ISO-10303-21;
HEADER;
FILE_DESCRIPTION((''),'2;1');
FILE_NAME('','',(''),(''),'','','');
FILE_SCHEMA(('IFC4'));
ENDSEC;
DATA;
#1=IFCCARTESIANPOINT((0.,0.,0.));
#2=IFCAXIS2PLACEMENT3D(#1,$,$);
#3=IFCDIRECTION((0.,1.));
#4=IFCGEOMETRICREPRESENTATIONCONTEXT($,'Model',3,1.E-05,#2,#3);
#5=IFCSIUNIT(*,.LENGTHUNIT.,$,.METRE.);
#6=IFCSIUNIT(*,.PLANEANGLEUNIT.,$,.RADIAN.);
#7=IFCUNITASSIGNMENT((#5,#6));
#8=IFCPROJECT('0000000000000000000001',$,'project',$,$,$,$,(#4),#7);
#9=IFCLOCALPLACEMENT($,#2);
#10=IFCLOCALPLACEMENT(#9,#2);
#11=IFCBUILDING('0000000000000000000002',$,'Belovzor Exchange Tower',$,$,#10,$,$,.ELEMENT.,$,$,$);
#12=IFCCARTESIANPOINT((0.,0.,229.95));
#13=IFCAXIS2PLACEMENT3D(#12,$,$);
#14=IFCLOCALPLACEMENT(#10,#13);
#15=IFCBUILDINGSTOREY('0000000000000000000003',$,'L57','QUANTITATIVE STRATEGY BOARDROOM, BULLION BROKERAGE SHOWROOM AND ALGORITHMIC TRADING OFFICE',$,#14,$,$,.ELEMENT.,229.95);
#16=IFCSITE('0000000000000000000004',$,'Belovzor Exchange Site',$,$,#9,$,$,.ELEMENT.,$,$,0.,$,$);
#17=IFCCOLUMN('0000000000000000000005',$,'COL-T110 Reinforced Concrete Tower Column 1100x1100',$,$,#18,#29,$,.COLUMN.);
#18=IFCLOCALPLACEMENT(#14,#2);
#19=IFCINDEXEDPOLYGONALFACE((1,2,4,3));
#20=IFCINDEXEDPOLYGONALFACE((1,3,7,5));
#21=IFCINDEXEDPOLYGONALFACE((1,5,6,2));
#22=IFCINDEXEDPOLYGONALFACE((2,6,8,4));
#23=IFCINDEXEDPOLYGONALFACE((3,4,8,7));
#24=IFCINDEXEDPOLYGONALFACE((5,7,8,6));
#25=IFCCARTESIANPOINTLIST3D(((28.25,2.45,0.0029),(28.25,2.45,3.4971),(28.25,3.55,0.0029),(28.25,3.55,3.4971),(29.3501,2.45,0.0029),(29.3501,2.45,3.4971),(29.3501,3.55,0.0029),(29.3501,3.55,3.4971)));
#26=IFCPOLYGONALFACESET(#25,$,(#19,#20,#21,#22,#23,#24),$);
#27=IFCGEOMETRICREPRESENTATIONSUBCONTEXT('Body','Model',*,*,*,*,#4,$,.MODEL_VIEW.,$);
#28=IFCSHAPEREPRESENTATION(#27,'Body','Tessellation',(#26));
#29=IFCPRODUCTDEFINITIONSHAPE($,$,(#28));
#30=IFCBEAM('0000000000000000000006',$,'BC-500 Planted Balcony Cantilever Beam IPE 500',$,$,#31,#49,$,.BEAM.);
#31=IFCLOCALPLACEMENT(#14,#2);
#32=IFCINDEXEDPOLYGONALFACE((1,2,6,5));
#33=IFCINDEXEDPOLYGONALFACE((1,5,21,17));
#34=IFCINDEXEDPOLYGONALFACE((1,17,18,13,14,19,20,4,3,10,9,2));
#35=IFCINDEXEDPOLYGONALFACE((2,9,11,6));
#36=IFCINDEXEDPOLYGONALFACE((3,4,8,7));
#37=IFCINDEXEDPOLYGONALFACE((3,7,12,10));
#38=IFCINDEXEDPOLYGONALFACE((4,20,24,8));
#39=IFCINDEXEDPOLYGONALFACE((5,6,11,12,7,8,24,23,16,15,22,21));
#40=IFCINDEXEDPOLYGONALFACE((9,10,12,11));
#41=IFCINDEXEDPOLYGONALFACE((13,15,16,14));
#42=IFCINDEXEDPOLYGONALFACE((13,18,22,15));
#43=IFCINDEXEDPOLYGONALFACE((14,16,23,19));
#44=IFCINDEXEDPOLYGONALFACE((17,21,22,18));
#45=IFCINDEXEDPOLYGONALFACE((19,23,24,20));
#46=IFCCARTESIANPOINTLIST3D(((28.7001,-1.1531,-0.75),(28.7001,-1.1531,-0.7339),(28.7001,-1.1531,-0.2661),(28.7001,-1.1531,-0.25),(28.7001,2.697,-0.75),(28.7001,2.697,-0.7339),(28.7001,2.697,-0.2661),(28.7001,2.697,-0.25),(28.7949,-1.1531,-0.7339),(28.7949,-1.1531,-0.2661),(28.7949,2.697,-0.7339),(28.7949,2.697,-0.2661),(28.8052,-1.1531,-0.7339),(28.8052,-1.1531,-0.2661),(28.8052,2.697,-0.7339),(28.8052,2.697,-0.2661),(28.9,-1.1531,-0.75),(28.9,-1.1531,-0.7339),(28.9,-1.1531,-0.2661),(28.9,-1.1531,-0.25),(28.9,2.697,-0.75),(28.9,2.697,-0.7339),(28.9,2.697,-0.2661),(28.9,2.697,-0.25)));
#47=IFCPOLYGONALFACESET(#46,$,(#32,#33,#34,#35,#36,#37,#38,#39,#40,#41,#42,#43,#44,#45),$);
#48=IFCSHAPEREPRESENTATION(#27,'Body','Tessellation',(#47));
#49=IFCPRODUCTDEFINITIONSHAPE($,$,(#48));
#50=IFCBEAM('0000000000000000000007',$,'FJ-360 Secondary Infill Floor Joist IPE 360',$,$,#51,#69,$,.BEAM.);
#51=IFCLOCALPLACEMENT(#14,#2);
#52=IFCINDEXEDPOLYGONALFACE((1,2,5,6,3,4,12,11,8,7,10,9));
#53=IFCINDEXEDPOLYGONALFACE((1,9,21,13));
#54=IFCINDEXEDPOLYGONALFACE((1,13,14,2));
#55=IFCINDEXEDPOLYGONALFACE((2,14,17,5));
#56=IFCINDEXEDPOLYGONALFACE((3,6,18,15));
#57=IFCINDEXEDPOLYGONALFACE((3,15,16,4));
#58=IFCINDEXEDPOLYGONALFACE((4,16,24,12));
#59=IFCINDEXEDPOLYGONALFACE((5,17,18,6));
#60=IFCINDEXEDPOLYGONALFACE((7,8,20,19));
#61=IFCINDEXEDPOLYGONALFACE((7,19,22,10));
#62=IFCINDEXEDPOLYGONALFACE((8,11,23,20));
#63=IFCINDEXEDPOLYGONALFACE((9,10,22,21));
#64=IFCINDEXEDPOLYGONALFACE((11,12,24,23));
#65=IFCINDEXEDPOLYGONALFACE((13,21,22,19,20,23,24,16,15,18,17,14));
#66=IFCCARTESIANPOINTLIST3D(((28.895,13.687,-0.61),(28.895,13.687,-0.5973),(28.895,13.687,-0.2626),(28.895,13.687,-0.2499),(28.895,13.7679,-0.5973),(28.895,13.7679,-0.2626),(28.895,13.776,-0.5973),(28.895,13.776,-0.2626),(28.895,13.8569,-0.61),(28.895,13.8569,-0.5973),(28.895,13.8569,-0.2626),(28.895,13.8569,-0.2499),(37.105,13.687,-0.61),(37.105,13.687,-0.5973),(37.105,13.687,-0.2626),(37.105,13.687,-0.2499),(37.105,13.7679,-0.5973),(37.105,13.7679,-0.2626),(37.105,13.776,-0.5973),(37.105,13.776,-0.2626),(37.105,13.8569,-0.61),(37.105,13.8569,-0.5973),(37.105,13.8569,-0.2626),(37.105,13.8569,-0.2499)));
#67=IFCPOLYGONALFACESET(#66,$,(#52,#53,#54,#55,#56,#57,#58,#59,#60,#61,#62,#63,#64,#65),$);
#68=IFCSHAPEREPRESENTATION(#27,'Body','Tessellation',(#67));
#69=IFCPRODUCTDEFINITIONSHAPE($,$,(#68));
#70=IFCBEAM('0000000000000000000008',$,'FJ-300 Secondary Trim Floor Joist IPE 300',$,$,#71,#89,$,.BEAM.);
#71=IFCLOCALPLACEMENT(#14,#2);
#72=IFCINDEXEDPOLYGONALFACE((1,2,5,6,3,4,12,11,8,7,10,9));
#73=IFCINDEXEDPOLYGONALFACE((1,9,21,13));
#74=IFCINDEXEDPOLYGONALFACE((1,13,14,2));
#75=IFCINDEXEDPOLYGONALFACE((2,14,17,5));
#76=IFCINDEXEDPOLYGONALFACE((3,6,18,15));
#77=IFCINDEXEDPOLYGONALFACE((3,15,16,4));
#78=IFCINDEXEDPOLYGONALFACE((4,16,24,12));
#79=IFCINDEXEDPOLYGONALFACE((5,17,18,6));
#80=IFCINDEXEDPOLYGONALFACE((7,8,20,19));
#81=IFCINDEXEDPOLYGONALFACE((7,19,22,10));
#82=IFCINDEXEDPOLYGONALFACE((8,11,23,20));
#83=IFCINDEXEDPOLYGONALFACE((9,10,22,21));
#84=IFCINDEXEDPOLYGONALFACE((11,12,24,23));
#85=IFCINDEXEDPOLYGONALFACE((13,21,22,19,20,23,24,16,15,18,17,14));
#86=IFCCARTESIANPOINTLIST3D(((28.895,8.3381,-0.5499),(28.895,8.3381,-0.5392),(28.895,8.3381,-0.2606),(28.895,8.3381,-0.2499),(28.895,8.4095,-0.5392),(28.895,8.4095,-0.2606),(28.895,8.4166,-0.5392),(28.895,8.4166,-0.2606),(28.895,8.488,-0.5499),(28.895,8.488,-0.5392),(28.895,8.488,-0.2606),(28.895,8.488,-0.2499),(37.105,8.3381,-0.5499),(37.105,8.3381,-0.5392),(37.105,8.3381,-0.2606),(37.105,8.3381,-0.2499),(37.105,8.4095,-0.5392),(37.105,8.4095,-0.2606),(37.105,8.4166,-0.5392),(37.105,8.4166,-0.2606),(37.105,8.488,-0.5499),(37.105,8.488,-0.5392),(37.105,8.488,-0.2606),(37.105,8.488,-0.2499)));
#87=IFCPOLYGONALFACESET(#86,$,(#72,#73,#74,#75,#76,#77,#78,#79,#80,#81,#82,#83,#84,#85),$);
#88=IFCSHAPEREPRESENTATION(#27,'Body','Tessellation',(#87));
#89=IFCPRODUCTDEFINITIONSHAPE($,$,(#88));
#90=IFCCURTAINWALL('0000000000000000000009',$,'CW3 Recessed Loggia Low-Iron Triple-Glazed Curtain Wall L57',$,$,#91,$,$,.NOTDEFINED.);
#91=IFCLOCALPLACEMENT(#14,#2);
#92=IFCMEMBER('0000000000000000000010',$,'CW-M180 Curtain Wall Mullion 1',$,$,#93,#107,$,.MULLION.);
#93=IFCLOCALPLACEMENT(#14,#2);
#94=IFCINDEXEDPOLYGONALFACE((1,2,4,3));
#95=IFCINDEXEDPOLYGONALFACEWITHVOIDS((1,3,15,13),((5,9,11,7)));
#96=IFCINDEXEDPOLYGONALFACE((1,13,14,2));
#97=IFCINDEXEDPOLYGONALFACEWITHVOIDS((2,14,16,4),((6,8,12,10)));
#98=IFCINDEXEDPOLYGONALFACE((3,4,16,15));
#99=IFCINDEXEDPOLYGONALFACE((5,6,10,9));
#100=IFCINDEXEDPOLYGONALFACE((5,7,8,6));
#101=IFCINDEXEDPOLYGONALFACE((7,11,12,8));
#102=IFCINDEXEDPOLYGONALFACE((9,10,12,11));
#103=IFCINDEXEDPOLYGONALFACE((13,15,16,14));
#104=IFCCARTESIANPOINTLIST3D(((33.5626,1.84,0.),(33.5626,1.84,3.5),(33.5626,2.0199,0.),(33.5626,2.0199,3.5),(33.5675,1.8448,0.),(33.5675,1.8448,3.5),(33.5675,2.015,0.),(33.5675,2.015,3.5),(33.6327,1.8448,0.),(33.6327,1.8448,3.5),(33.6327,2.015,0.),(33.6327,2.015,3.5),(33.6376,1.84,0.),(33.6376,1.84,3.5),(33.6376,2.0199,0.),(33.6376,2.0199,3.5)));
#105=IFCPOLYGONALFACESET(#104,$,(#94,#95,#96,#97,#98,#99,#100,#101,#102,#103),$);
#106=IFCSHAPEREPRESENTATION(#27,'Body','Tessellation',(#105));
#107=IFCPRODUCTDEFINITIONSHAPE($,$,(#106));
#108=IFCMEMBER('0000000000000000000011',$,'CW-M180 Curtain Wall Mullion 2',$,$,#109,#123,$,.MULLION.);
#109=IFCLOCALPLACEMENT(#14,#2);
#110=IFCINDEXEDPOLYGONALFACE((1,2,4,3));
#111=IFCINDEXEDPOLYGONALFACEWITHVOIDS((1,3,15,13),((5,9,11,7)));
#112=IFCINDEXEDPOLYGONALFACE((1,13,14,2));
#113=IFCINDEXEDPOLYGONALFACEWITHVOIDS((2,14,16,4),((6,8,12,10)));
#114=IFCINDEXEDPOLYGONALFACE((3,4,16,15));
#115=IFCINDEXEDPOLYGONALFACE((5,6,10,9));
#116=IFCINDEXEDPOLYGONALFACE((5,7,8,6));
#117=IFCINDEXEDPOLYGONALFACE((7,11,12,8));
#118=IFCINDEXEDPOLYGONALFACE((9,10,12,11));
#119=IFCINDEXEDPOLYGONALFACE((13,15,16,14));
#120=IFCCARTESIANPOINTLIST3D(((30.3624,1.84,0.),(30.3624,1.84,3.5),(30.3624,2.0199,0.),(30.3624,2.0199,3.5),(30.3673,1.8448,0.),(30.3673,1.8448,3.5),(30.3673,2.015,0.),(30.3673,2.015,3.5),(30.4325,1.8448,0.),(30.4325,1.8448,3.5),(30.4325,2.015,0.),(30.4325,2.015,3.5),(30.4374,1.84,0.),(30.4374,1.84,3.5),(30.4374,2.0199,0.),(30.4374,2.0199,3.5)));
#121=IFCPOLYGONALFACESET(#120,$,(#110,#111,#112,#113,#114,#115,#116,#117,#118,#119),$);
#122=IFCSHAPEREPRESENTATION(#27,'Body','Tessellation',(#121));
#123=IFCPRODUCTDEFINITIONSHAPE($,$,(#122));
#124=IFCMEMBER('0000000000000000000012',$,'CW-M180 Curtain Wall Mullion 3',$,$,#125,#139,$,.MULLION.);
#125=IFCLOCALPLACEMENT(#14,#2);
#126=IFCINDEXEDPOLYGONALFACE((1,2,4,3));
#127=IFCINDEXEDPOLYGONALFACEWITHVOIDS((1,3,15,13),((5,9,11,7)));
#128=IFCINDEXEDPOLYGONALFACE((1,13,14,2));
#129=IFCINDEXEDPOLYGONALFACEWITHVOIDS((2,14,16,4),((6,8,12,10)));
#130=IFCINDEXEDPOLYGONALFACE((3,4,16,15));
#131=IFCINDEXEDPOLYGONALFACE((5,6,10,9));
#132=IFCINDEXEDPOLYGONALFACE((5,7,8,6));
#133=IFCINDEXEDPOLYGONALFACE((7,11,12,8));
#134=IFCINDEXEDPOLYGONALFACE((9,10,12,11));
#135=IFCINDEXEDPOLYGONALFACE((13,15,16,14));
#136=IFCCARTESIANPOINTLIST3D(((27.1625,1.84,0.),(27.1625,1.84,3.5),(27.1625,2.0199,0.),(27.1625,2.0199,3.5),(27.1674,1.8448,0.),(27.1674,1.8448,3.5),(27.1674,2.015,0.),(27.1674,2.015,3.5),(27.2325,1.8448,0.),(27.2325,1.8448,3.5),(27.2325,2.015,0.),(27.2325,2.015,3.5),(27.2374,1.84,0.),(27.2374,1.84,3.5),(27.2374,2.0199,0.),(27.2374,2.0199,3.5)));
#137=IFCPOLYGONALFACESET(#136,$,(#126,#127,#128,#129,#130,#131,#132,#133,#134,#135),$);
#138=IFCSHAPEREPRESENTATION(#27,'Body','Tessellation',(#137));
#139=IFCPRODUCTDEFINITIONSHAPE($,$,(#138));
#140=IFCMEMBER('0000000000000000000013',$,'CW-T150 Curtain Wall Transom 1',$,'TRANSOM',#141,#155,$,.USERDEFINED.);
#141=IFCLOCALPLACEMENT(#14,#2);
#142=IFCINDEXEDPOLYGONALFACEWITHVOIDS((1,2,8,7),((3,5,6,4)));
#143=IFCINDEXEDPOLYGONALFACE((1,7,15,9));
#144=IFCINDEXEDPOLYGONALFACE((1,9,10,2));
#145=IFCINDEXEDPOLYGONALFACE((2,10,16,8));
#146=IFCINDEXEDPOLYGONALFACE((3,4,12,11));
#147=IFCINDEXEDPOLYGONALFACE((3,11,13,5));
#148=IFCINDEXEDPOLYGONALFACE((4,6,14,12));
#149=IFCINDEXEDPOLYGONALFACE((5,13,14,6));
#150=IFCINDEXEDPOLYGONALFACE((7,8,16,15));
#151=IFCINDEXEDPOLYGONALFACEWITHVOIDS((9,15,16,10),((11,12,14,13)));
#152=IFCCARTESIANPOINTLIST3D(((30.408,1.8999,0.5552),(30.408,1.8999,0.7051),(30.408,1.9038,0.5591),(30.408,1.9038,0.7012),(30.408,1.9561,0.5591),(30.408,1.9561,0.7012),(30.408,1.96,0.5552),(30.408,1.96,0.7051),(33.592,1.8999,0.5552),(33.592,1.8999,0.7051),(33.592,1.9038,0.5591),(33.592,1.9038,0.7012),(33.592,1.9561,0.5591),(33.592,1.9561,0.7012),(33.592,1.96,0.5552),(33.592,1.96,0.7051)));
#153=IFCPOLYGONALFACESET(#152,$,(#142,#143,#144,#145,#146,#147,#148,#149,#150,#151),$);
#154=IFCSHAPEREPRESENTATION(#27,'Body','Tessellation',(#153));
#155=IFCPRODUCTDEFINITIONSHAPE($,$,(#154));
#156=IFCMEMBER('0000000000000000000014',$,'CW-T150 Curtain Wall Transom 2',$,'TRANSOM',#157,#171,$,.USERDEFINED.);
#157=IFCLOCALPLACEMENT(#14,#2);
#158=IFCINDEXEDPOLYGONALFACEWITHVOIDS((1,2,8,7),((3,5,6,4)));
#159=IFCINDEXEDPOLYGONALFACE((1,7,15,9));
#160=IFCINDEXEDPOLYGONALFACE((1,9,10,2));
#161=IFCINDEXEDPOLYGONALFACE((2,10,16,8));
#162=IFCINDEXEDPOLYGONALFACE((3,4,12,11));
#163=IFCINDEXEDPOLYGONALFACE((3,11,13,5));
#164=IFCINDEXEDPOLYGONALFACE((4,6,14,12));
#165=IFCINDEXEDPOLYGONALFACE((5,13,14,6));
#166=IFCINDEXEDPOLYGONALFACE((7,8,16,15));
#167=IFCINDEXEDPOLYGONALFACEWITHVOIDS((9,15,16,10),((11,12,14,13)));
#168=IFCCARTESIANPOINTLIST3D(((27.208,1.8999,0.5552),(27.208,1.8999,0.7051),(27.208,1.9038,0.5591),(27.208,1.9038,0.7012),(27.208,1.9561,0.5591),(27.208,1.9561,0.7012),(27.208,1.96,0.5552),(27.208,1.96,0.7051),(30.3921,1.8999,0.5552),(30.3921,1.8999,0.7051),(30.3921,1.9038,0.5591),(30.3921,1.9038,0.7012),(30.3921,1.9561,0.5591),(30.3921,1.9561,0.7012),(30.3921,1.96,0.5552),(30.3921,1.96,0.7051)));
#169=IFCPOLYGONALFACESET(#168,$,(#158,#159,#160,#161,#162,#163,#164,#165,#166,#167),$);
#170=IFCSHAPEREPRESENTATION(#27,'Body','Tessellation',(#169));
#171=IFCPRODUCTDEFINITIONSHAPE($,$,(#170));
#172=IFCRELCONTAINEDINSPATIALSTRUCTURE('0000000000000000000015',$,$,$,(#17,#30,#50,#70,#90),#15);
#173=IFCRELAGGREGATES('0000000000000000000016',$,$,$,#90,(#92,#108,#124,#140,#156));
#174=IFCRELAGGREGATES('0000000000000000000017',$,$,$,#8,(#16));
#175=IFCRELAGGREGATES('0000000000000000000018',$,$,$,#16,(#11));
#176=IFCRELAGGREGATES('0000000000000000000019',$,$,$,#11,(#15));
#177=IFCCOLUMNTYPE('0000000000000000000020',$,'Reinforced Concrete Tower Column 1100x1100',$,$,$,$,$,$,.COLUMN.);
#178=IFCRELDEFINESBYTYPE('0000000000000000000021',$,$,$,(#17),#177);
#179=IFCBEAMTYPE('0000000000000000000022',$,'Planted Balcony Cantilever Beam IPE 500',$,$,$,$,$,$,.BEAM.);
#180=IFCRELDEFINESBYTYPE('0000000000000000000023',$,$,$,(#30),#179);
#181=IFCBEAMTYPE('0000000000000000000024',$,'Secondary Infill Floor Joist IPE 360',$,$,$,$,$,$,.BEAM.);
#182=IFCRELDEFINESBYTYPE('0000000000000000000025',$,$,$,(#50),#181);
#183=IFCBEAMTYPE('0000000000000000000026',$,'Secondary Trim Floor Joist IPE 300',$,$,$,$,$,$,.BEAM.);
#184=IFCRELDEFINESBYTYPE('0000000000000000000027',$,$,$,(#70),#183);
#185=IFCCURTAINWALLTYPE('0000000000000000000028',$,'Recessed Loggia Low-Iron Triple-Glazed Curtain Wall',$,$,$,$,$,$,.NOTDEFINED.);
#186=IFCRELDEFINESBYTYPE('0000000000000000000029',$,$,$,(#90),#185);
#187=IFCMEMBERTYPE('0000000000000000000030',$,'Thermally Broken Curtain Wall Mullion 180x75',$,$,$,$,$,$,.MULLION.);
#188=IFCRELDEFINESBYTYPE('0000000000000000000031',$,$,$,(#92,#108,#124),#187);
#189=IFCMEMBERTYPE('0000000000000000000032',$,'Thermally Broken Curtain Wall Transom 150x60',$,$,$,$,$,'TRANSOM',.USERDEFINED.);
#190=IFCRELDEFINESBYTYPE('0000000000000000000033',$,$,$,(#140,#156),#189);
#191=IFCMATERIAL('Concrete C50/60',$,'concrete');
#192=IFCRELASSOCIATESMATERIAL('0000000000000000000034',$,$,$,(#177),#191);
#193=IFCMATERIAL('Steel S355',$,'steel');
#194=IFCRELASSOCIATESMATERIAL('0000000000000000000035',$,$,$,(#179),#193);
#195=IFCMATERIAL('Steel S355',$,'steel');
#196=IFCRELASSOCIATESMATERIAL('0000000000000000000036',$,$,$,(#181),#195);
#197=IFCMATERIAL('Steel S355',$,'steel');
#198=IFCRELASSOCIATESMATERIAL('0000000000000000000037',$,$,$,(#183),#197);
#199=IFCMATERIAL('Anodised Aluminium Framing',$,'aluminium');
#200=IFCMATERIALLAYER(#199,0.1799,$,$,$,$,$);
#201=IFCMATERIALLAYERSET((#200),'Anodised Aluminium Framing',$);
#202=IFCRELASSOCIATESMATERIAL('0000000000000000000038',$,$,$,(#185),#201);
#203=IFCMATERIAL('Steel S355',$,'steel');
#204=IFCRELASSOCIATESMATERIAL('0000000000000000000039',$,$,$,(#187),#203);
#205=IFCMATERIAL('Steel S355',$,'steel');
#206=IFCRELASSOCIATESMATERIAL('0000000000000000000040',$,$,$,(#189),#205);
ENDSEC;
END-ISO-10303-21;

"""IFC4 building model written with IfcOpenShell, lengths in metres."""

from ifc_helpers import new_model, si_unit, direction, frame, origin, origin_2d, place, context, subcontext, project, spatial, rectangle, hollow_rectangle, i_section, extrude, material, layer, layer_set, material_profile, profile_set, type_object, element, aggregate, save


model = new_model("IFC4")

# Units and contexts
model_context = context("Model", 3, precision=1e-05, world=origin(), true_north=direction((0.0, 1.0)))
body_context = subcontext(model_context, "Body", "Model", "MODEL_VIEW")
ifc_project = project(units=[si_unit("LENGTHUNIT", "METRE"), si_unit("PLANEANGLEUNIT", "RADIAN")], contexts=[model_context])

# Site, building, storey
site_placement = place(None, origin())
site = spatial("IfcSite", under=ifc_project, at=site_placement, Name="Belovzor Exchange Site", CompositionType="ELEMENT", RefElevation=0.0)
building_placement = place(site_placement, origin())
building = spatial("IfcBuilding", under=site, at=building_placement, Name="Belovzor Exchange Tower", CompositionType="ELEMENT")
storey_placement = place(building_placement, frame((0.0, 0.0, 229.95)))
storey = spatial("IfcBuildingStorey", under=building, at=storey_placement, Name="L57", Description="QUANTITATIVE STRATEGY BOARDROOM, BULLION BROKERAGE SHOWROOM AND ALGORITHMIC TRADING OFFICE", CompositionType="ELEMENT", Elevation=229.95)

# Column
ifc_material_1 = material(Name="Concrete C50/60", Category="concrete")
ifc_material_profile_1 = material_profile(ifc_material_1, rectangle(XDim=1.1001, YDim=1.1001, at=origin_2d()))
ifc_profile_set_1 = profile_set([ifc_material_profile_1], Name="Concrete C50/60")
column_type = type_object("IfcColumnType", Name="Reinforced Concrete Tower Column 1100x1100", PredefinedType="COLUMN", material=ifc_profile_set_1)
column_placement = place(storey_placement, frame((28.8, 3.0, 0.0029), z_axis=(0.0, 0.0, 1.0), x_axis=(1.0, 0.0, 0.0)))
element("IfcColumn", 1, at=column_placement, inside=storey, type_object=column_type, Name="COL-T110 Reinforced Concrete Tower Column 1100x1100", PredefinedType="COLUMN", context=body_context, shape_type="SweptSolid", body=[
    extrude(rectangle(XDim=1.1001, YDim=1.1001, at=origin_2d()), origin(), (0.0, 0.0, 1.0), 3.4941),
])

# Beams
ifc_material_2 = material(Name="Steel S355", Category="steel")
ifc_material_profile_2 = material_profile(ifc_material_2, i_section(OverallWidth=0.2, OverallDepth=0.5, WebThickness=0.0103, FlangeThickness=0.0161, at=origin_2d()))
ifc_profile_set_2 = profile_set([ifc_material_profile_2], Name="Steel S355")
beam_type_1 = type_object("IfcBeamType", Name="Planted Balcony Cantilever Beam IPE 500", PredefinedType="BEAM", material=ifc_profile_set_2)
beam_1_placement = place(storey_placement, frame((28.8, 2.697, -0.5), z_axis=(0.0, -1.0, 0.0), x_axis=(1.0, 0.0, 0.0)))
element("IfcBeam", 2, at=beam_1_placement, inside=storey, type_object=beam_type_1, Name="BC-500 Planted Balcony Cantilever Beam IPE 500", PredefinedType="BEAM", context=body_context, shape_type="SweptSolid", body=[
    extrude(i_section(OverallWidth=0.2, OverallDepth=0.5, WebThickness=0.0103, FlangeThickness=0.0161, at=origin_2d()), origin(), (0.0, 0.0, 1.0), 3.8501),
])
ifc_material_3 = material(Name="Steel S355", Category="steel")
ifc_material_profile_3 = material_profile(ifc_material_3, i_section(OverallWidth=0.1699, OverallDepth=0.3601, WebThickness=0.0081, FlangeThickness=0.0127, at=origin_2d()))
ifc_profile_set_3 = profile_set([ifc_material_profile_3], Name="Steel S355")
beam_type_2 = type_object("IfcBeamType", Name="Secondary Infill Floor Joist IPE 360", PredefinedType="BEAM", material=ifc_profile_set_3)
beam_2_placement = place(storey_placement, frame((28.895, 13.772, -0.4299), z_axis=(1.0, 0.0, 0.0), x_axis=(0.0, 1.0, 0.0)))
element("IfcBeam", 3, at=beam_2_placement, inside=storey, type_object=beam_type_2, Name="FJ-360 Secondary Infill Floor Joist IPE 360", PredefinedType="BEAM", context=body_context, shape_type="SweptSolid", body=[
    extrude(i_section(OverallWidth=0.1699, OverallDepth=0.3601, WebThickness=0.0081, FlangeThickness=0.0127, at=origin_2d()), origin(), (0.0, 0.0, 1.0), 8.21),
])
ifc_material_4 = material(Name="Steel S355", Category="steel")
ifc_material_profile_4 = material_profile(ifc_material_4, i_section(OverallWidth=0.1499, OverallDepth=0.3, WebThickness=0.0071, FlangeThickness=0.0107, at=origin_2d()))
ifc_profile_set_4 = profile_set([ifc_material_profile_4], Name="Steel S355")
beam_type_3 = type_object("IfcBeamType", Name="Secondary Trim Floor Joist IPE 300", PredefinedType="BEAM", material=ifc_profile_set_4)
beam_3_placement = place(storey_placement, frame((28.895, 8.4131, -0.3999), z_axis=(1.0, 0.0, 0.0), x_axis=(0.0, 1.0, 0.0)))
element("IfcBeam", 4, at=beam_3_placement, inside=storey, type_object=beam_type_3, Name="FJ-300 Secondary Trim Floor Joist IPE 300", PredefinedType="BEAM", context=body_context, shape_type="SweptSolid", body=[
    extrude(i_section(OverallWidth=0.1499, OverallDepth=0.3, WebThickness=0.0071, FlangeThickness=0.0107, at=origin_2d()), origin(), (0.0, 0.0, 1.0), 8.21),
])

# Curtain wall, members
ifc_material_5 = material(Name="Anodised Aluminium Framing", Category="aluminium")
ifc_layer_1 = layer(ifc_material_5, 0.1799)
ifc_layer_set_1 = layer_set([ifc_layer_1], Name="Anodised Aluminium Framing")
curtain_wall_type = type_object("IfcCurtainWallType", Name="Recessed Loggia Low-Iron Triple-Glazed Curtain Wall", PredefinedType="NOTDEFINED", material=ifc_layer_set_1)
curtain_wall_placement = place(storey_placement, origin())
curtain_wall = element("IfcCurtainWall", 5, at=curtain_wall_placement, inside=storey, type_object=curtain_wall_type, Name="CW3 Recessed Loggia Low-Iron Triple-Glazed Curtain Wall L57", PredefinedType="NOTDEFINED")
ifc_material_6 = material(Name="Steel S355", Category="steel")
ifc_material_profile_5 = material_profile(ifc_material_6, hollow_rectangle(XDim=0.075, YDim=0.1799, WallThickness=0.0049, at=origin_2d()))
ifc_profile_set_5 = profile_set([ifc_material_profile_5], Name="Steel S355")
member_type_1 = type_object("IfcMemberType", Name="Thermally Broken Curtain Wall Mullion 180x75", PredefinedType="MULLION", material=ifc_profile_set_5)
member_1_placement = place(storey_placement, frame((33.6001, 1.9299, 0.0), z_axis=(0.0, 0.0, 1.0), x_axis=(-1.0, 0.0, 0.0)))
member_1 = element("IfcMember", 6, at=member_1_placement, type_object=member_type_1, Name="CW-M180 Curtain Wall Mullion 1", PredefinedType="MULLION", context=body_context, shape_type="SweptSolid", body=[
    extrude(hollow_rectangle(XDim=0.075, YDim=0.1799, WallThickness=0.0049, at=origin_2d()), origin(), (0.0, 0.0, 1.0), 3.5),
])
member_2_placement = place(storey_placement, frame((30.3999, 1.9299, 0.0), z_axis=(0.0, 0.0, 1.0), x_axis=(-1.0, 0.0, 0.0)))
member_2 = element("IfcMember", 7, at=member_2_placement, type_object=member_type_1, Name="CW-M180 Curtain Wall Mullion 2", PredefinedType="MULLION", context=body_context, shape_type="SweptSolid", body=[
    extrude(hollow_rectangle(XDim=0.075, YDim=0.1799, WallThickness=0.0049, at=origin_2d()), origin(), (0.0, 0.0, 1.0), 3.5),
])
member_3_placement = place(storey_placement, frame((27.2, 1.9299, 0.0), z_axis=(0.0, 0.0, 1.0), x_axis=(-1.0, 0.0, 0.0)))
member_3 = element("IfcMember", 8, at=member_3_placement, type_object=member_type_1, Name="CW-M180 Curtain Wall Mullion 3", PredefinedType="MULLION", context=body_context, shape_type="SweptSolid", body=[
    extrude(hollow_rectangle(XDim=0.075, YDim=0.1799, WallThickness=0.0049, at=origin_2d()), origin(), (0.0, 0.0, 1.0), 3.5),
])
ifc_material_7 = material(Name="Steel S355", Category="steel")
ifc_material_profile_6 = material_profile(ifc_material_7, hollow_rectangle(XDim=0.0601, YDim=0.1499, WallThickness=0.0039, at=origin_2d()))
ifc_profile_set_6 = profile_set([ifc_material_profile_6], Name="Steel S355")
member_type_2 = type_object("IfcMemberType", Name="Thermally Broken Curtain Wall Transom 150x60", ElementType="TRANSOM", PredefinedType="USERDEFINED", material=ifc_profile_set_6)
member_4_placement = place(storey_placement, frame((33.592, 1.9299, 0.6301), z_axis=(-1.0, 0.0, 0.0), x_axis=(0.0, -1.0, 0.0)))
member_4 = element("IfcMember", 9, at=member_4_placement, type_object=member_type_2, Name="CW-T150 Curtain Wall Transom 1", ObjectType="TRANSOM", PredefinedType="USERDEFINED", context=body_context, shape_type="SweptSolid", body=[
    extrude(hollow_rectangle(XDim=0.0601, YDim=0.1499, WallThickness=0.0039, at=origin_2d()), origin(), (0.0, 0.0, 1.0), 3.1841),
])
member_5_placement = place(storey_placement, frame((30.3921, 1.9299, 0.6301), z_axis=(-1.0, 0.0, 0.0), x_axis=(0.0, -1.0, 0.0)))
member_5 = element("IfcMember", 10, at=member_5_placement, type_object=member_type_2, Name="CW-T150 Curtain Wall Transom 2", ObjectType="TRANSOM", PredefinedType="USERDEFINED", context=body_context, shape_type="SweptSolid", body=[
    extrude(hollow_rectangle(XDim=0.0601, YDim=0.1499, WallThickness=0.0039, at=origin_2d()), origin(), (0.0, 0.0, 1.0), 3.1841),
])

aggregate(curtain_wall, [member_1, member_2, member_3, member_4, member_5])

save(model, "model.ifc")
